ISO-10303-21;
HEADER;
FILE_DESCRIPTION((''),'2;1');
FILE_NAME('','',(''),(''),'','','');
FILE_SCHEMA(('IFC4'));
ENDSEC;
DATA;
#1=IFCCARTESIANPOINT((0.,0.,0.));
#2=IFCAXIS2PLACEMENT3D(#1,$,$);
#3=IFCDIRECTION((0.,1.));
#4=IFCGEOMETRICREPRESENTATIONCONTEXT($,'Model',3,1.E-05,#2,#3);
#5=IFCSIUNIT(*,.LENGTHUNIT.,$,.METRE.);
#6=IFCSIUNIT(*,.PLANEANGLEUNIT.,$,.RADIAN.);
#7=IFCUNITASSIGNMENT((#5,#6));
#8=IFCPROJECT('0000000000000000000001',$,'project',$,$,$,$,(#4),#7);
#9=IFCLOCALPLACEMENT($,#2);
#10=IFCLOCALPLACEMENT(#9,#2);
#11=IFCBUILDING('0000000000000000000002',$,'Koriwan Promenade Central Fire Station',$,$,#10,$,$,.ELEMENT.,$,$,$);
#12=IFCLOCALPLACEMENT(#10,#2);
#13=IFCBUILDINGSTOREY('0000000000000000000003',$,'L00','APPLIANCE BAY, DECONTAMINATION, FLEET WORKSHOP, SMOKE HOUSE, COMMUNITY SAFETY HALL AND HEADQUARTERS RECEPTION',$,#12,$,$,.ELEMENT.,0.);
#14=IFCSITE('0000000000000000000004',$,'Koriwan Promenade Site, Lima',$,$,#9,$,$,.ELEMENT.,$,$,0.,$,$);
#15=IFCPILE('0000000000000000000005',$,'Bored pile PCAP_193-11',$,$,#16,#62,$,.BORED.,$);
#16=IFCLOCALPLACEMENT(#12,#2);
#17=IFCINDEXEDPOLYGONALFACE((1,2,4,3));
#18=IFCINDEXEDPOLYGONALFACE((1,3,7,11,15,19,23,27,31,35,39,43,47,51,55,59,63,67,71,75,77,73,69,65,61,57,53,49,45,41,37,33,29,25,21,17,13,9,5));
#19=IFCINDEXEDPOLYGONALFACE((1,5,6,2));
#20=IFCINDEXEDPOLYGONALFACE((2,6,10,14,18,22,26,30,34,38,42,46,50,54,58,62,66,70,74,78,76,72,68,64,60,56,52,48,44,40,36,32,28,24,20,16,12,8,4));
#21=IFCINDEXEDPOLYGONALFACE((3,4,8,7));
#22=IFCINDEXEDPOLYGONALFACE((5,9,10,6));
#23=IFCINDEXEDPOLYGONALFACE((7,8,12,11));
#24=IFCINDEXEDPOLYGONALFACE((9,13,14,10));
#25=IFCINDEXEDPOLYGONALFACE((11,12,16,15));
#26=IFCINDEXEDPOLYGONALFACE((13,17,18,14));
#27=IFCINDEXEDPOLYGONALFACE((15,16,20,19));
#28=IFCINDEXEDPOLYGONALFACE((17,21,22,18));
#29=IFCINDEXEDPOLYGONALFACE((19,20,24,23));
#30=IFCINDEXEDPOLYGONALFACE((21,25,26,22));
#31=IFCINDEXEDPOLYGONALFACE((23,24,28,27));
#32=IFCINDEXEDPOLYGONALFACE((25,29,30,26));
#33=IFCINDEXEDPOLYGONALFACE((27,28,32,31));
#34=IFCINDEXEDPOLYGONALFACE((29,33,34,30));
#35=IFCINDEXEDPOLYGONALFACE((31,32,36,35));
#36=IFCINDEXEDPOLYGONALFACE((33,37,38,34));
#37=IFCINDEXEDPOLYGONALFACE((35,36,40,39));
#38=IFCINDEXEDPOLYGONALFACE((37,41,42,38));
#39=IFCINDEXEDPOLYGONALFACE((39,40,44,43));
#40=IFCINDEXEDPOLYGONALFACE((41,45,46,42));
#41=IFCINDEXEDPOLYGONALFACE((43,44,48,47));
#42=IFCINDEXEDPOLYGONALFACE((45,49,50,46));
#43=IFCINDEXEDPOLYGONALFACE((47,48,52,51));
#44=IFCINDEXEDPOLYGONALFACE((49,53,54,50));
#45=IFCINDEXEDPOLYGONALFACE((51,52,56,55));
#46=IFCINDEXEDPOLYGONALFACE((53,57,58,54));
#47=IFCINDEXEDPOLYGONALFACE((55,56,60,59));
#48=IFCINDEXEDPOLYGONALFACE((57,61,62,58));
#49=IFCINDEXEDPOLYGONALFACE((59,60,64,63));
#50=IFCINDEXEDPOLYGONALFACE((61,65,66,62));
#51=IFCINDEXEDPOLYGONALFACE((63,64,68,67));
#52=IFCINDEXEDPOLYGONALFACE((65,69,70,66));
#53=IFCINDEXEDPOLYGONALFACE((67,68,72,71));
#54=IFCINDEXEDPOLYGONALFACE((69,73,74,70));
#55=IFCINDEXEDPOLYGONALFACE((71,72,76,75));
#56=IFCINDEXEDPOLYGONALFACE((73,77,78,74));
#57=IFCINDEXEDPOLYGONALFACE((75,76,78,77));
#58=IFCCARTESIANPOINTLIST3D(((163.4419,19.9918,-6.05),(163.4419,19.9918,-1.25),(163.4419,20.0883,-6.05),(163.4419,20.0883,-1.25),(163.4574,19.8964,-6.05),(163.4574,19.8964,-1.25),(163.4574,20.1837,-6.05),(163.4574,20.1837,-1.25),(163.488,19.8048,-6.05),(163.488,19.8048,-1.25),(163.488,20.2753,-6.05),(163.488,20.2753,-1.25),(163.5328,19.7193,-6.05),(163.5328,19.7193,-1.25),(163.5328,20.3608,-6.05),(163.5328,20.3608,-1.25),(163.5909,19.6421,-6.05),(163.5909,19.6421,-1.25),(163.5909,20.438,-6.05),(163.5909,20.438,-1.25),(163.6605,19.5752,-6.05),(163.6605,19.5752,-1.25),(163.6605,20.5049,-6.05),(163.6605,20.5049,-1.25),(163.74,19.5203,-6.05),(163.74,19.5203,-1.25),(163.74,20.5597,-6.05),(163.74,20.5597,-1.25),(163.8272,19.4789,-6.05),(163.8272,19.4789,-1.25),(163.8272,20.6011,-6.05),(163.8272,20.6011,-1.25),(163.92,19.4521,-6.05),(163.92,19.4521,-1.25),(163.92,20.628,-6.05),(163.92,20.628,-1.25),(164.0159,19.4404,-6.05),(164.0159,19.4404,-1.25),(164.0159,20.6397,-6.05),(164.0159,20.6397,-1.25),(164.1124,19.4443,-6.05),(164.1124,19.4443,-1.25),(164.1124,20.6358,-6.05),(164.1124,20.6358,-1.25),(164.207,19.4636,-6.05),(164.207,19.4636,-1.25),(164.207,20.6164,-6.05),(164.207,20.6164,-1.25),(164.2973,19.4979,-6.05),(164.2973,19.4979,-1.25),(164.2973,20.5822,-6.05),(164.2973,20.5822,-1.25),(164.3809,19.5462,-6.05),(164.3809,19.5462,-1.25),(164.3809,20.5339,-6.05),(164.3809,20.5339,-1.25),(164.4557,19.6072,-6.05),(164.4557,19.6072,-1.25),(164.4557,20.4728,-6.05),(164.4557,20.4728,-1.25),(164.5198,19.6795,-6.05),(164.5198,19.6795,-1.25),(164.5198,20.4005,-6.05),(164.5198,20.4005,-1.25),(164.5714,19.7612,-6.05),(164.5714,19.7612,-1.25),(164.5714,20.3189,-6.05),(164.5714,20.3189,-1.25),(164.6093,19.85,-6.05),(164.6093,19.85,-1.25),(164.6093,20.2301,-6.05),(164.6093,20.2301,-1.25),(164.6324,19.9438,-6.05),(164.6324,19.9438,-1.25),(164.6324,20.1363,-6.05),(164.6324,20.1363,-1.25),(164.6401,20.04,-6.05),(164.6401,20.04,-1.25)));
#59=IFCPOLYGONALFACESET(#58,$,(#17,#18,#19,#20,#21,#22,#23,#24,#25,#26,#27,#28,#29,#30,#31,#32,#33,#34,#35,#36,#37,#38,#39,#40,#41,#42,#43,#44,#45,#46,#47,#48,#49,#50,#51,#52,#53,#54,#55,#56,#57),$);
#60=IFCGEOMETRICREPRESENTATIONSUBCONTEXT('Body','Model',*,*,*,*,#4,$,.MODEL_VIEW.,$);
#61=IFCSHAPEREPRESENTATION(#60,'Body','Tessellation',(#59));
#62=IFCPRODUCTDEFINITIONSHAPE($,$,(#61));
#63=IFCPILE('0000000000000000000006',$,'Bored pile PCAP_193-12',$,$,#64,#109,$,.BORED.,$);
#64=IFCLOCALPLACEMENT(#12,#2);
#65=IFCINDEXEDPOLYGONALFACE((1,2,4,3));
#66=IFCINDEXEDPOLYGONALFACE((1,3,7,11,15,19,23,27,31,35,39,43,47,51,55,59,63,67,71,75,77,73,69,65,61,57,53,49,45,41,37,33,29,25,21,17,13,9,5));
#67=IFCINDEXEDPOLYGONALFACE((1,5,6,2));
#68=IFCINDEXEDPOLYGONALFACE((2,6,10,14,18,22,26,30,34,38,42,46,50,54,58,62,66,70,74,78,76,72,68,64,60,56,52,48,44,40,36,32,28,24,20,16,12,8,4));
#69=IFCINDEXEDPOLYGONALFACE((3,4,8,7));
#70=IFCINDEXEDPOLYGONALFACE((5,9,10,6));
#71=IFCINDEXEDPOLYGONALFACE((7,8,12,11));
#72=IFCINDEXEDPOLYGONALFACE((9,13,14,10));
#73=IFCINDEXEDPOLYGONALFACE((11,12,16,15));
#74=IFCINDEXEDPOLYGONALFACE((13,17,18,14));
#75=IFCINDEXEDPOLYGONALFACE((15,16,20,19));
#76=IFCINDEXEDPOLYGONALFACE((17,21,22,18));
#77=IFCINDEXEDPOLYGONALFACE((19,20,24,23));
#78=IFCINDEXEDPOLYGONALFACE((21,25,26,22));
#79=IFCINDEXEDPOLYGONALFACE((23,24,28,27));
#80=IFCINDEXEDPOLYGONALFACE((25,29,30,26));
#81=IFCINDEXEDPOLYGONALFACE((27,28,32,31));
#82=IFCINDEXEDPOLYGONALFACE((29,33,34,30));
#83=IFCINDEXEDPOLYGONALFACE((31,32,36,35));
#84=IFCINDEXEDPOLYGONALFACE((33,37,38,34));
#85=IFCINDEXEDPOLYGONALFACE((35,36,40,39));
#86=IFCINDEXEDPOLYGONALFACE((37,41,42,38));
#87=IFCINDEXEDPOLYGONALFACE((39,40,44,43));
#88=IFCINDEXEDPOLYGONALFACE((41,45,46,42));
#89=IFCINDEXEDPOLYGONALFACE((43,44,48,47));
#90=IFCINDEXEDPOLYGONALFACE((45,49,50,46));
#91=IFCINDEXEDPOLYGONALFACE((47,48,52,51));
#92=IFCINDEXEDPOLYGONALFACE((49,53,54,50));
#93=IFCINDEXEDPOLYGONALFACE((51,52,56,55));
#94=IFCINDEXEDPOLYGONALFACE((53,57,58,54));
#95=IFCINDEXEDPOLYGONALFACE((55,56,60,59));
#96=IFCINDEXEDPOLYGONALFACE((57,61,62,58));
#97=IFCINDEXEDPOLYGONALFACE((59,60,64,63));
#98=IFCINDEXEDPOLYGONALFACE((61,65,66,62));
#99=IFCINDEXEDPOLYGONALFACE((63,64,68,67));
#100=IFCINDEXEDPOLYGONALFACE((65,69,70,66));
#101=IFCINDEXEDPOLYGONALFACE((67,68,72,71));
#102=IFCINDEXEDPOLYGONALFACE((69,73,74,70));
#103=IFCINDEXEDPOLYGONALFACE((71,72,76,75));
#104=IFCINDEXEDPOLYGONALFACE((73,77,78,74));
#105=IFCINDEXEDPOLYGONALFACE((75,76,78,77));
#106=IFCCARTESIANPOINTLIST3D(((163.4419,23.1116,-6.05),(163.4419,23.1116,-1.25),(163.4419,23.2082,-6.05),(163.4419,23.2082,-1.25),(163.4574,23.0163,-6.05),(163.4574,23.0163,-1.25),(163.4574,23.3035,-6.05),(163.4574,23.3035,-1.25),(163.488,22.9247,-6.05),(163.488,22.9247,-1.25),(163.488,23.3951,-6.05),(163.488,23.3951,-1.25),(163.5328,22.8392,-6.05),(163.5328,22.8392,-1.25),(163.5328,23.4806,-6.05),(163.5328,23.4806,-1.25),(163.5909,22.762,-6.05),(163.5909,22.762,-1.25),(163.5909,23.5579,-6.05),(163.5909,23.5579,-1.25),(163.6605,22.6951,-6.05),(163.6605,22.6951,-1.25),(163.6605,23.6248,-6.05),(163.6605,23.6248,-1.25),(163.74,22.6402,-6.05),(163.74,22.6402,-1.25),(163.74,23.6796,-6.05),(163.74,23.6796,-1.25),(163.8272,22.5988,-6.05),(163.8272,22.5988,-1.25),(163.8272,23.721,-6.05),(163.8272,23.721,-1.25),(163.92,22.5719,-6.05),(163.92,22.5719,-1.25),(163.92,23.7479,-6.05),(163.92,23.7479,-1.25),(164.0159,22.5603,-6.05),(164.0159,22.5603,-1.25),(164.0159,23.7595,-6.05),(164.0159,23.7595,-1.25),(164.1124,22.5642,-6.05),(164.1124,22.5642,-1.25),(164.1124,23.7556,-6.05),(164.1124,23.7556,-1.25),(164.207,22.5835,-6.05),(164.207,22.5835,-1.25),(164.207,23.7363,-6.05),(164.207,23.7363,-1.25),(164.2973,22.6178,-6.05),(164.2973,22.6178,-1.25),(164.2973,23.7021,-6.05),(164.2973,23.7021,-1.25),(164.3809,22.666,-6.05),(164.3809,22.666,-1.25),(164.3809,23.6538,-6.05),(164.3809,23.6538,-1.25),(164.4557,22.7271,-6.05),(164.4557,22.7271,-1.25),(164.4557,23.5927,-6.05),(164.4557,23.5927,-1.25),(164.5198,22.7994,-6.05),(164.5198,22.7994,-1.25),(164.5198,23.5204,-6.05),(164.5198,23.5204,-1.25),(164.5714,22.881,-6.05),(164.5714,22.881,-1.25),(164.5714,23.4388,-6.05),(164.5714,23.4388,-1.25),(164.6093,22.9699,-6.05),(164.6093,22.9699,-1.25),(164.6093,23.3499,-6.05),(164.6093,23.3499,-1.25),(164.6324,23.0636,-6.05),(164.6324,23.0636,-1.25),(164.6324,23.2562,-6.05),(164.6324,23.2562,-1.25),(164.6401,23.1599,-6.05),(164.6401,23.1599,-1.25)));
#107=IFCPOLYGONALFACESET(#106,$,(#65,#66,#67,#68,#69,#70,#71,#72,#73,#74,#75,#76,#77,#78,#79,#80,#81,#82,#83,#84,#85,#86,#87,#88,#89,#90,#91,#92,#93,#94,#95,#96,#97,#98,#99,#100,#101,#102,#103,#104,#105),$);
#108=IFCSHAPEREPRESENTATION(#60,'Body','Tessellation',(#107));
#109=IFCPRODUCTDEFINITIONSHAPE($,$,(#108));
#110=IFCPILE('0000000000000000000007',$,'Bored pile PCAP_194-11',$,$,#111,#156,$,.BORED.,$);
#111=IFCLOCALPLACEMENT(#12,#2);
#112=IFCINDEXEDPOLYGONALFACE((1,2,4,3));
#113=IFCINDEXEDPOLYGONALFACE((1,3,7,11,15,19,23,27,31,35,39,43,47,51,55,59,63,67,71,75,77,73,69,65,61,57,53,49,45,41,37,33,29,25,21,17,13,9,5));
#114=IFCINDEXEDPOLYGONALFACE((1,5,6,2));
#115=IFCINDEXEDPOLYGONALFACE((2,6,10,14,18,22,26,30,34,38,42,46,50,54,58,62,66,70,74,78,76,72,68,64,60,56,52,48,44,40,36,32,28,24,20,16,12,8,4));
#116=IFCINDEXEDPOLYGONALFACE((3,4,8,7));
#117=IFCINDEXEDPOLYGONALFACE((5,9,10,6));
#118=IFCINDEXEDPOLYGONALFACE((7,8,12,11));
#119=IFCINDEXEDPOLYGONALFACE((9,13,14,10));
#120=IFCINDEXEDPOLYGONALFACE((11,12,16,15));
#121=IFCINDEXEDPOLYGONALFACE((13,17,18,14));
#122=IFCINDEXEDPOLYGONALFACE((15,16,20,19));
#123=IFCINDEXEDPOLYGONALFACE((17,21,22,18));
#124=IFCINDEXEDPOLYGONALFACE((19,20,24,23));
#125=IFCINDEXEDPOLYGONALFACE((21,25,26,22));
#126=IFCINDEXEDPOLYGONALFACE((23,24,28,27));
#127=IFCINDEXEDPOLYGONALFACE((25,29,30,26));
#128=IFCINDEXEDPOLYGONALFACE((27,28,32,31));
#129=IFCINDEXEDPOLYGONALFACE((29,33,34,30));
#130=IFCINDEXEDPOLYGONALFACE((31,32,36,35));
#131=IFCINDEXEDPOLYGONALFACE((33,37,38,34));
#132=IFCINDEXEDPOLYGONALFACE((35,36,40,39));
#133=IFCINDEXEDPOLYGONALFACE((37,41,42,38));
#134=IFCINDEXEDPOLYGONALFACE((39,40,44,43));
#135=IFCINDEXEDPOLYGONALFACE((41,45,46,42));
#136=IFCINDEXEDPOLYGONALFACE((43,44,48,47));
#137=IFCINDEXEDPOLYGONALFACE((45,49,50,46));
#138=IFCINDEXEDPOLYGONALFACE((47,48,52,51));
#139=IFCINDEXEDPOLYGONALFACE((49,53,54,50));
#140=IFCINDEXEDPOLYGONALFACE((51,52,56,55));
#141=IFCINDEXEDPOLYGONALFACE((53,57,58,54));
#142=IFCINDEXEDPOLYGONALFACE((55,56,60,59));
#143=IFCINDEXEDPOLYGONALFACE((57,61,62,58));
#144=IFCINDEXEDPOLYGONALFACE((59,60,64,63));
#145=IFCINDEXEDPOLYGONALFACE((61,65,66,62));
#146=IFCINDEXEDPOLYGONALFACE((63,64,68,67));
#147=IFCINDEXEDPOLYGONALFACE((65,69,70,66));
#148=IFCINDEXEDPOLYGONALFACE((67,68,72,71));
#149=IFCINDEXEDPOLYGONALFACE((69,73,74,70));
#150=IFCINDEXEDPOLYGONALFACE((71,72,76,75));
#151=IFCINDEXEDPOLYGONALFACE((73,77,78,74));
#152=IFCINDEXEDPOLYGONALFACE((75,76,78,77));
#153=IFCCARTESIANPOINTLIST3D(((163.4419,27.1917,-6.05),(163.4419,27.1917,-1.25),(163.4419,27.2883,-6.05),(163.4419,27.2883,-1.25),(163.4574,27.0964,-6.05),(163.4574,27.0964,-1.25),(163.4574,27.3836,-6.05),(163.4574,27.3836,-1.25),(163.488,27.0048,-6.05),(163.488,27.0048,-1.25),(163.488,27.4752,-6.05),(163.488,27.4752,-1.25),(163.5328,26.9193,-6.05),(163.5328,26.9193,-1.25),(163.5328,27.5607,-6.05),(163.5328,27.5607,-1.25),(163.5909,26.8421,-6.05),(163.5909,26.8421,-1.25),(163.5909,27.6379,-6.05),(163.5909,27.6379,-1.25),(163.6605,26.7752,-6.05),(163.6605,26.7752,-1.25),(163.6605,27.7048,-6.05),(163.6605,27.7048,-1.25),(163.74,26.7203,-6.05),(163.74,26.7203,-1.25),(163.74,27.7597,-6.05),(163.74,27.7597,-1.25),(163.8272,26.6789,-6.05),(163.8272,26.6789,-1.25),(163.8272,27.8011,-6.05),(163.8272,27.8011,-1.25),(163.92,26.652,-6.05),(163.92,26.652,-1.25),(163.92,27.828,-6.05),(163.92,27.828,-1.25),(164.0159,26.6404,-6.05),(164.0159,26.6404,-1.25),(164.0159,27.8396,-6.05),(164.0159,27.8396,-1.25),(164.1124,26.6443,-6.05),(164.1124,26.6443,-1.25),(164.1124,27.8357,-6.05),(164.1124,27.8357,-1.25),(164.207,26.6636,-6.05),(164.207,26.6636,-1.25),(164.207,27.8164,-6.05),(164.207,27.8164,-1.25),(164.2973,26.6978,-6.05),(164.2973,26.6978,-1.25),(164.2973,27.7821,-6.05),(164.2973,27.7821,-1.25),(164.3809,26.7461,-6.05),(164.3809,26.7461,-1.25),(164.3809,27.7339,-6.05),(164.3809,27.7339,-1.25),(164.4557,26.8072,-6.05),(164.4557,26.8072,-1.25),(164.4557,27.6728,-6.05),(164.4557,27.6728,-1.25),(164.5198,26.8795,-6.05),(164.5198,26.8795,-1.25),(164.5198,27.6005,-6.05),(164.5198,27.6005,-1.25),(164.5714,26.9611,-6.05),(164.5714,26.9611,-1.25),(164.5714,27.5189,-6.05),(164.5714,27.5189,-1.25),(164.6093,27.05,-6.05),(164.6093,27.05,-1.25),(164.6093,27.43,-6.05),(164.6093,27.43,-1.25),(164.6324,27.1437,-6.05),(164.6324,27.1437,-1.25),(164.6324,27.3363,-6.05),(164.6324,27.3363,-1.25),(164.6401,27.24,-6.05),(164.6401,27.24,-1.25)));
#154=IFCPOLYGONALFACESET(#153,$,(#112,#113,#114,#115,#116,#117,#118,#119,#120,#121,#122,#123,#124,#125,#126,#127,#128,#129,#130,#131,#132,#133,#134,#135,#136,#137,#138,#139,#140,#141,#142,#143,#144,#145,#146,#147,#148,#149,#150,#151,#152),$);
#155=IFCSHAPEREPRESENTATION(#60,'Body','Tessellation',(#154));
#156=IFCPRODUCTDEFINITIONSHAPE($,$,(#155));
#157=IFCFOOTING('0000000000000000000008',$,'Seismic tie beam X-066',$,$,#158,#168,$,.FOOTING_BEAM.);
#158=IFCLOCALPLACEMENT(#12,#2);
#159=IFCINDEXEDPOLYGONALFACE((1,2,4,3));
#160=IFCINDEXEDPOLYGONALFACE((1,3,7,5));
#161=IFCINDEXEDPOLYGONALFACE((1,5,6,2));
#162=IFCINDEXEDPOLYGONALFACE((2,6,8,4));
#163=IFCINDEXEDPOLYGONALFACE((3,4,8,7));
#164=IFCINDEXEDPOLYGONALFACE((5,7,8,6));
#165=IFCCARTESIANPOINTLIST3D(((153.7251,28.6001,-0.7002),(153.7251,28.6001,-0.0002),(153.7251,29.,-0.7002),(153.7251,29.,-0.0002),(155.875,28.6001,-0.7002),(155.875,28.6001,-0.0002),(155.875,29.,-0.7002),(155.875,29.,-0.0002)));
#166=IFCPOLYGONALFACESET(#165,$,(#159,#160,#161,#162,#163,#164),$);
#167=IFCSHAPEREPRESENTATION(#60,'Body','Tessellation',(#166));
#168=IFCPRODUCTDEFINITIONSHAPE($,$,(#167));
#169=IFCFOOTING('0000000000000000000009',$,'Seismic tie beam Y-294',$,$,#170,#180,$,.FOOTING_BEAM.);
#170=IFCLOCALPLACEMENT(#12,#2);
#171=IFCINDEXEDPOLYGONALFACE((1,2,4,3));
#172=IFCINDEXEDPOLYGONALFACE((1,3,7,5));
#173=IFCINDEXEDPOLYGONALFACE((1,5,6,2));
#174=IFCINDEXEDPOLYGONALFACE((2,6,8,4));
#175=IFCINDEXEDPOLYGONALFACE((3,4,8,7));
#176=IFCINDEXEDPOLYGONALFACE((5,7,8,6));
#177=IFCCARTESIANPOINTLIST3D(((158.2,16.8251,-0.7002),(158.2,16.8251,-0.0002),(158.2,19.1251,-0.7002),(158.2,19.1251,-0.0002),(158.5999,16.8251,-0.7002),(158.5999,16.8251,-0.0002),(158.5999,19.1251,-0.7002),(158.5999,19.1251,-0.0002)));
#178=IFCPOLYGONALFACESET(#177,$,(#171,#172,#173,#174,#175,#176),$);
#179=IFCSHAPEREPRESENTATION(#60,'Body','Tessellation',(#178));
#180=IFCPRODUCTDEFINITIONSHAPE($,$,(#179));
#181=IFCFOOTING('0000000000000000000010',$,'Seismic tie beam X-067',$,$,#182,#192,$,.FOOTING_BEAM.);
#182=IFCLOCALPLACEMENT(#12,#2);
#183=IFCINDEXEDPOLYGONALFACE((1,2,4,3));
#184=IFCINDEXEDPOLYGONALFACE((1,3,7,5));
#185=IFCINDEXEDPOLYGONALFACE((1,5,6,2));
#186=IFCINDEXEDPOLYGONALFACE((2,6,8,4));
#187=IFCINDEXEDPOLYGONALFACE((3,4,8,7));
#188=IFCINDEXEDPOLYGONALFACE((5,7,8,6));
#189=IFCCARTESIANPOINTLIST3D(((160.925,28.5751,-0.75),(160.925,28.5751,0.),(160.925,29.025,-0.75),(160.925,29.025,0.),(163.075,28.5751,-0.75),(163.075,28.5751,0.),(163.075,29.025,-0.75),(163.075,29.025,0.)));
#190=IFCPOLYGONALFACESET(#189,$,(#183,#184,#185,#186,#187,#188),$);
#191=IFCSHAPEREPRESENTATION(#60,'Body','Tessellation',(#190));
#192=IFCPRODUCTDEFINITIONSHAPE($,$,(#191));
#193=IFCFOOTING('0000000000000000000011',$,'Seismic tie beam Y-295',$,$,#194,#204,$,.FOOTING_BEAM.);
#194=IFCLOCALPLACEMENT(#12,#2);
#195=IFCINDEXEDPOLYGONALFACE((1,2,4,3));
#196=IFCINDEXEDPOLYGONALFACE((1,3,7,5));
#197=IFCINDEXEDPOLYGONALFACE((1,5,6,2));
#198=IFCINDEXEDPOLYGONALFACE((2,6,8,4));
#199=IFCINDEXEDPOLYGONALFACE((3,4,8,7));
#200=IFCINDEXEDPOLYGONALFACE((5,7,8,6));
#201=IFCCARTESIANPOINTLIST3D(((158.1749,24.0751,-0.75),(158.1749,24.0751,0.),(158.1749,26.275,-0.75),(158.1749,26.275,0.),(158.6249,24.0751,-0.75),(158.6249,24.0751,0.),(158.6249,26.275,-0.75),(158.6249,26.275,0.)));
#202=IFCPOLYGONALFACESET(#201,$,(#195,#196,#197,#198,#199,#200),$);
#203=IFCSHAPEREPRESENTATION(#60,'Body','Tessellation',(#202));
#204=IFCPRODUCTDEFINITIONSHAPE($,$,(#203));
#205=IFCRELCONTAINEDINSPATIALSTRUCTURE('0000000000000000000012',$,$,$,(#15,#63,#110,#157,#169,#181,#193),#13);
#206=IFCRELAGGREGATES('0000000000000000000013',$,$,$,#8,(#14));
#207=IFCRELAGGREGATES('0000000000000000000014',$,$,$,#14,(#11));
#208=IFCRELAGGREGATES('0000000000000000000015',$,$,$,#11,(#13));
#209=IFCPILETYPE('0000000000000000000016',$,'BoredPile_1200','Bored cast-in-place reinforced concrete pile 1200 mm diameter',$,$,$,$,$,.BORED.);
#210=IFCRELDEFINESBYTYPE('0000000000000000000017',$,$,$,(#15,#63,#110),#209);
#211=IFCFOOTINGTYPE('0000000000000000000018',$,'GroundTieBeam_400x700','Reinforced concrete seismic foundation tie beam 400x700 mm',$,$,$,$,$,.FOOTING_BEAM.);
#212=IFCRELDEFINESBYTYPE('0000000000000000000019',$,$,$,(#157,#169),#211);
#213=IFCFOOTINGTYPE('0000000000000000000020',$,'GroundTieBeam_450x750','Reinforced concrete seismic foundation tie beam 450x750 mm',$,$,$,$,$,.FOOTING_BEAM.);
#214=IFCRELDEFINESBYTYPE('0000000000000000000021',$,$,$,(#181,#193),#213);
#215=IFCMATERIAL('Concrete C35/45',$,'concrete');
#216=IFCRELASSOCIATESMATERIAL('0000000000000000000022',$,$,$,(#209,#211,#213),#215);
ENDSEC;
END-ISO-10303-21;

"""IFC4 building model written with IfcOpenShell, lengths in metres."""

from ifc_helpers import new_model, si_unit, direction, frame, origin, origin_2d, place, context, subcontext, project, spatial, rectangle, circle, extrude, material, material_profile, profile_set, type_object, element, save


model = new_model("IFC4")

# Units and contexts
model_context = context("Model", 3, precision=1e-05, world=origin(), true_north=direction((0.0, 1.0)))
body_context = subcontext(model_context, "Body", "Model", "MODEL_VIEW")
ifc_project = project(units=[si_unit("LENGTHUNIT", "METRE"), si_unit("PLANEANGLEUNIT", "RADIAN")], contexts=[model_context])

# Site, building, storey
site_placement = place(None, origin())
site = spatial("IfcSite", under=ifc_project, at=site_placement, Name="Koriwan Promenade Site, Lima", CompositionType="ELEMENT", RefElevation=0.0)
building_placement = place(site_placement, origin())
building = spatial("IfcBuilding", under=site, at=building_placement, Name="Koriwan Promenade Central Fire Station", CompositionType="ELEMENT")
storey_placement = place(building_placement, origin())
storey = spatial("IfcBuildingStorey", under=building, at=storey_placement, Name="L00", Description="APPLIANCE BAY, DECONTAMINATION, FLEET WORKSHOP, SMOKE HOUSE, COMMUNITY SAFETY HALL AND HEADQUARTERS RECEPTION", CompositionType="ELEMENT", Elevation=0.0)

# Piles
ifc_material_1 = material(Name="Concrete C35/45", Category="concrete")
ifc_material_profile_1 = material_profile(ifc_material_1, circle(Radius=0.6001, at=origin_2d()), Name="PILE-D1200")
ifc_profile_set_1 = profile_set([ifc_material_profile_1], Name="Concrete C35/45")
pile_type = type_object("IfcPileType", Name="BoredPile_1200", Description="Bored cast-in-place reinforced concrete pile 1200 mm diameter", PredefinedType="BORED", material=ifc_profile_set_1)
for number, where, z_axis, x_axis, name in (
    (1, (164.04, 20.04, -1.25), (0.0, 0.0, -1.0), (1.0, 0.0, 0.0), "Bored pile PCAP_193-11"),
    (2, (164.04, 23.1599, -1.25), (0.0, 0.0, -1.0), (1.0, 0.0, 0.0), "Bored pile PCAP_193-12"),
    (3, (164.04, 27.24, -1.25), (0.0, 0.0, -1.0), (1.0, 0.0, 0.0), "Bored pile PCAP_194-11"),
):
    element("IfcPile", number, at=place(storey_placement, frame(where, z_axis=z_axis, x_axis=x_axis)), inside=storey, type_object=pile_type, Name=name, PredefinedType="BORED", context=body_context, shape_type="SweptSolid", body=[
        extrude(circle(Radius=0.6001, at=origin_2d()), origin(), (0.0, 0.0, 1.0), 4.8),
    ])

# Footings
footing_type_1 = type_object("IfcFootingType", Name="GroundTieBeam_400x700", Description="Reinforced concrete seismic foundation tie beam 400x700 mm", PredefinedType="FOOTING_BEAM", material=ifc_material_1)
footing_1_placement = place(storey_placement, frame((154.8, 28.8, -0.7002), z_axis=(0.0, 0.0, 1.0), x_axis=(1.0, 0.0, 0.0)))
element("IfcFooting", 4, at=footing_1_placement, inside=storey, type_object=footing_type_1, Name="Seismic tie beam X-066", PredefinedType="FOOTING_BEAM", context=body_context, shape_type="SweptSolid", body=[
    extrude(rectangle(XDim=2.1499, YDim=0.3999, at=origin_2d()), origin(), (0.0, 0.0, 1.0), 0.7),
])
footing_2_placement = place(storey_placement, frame((158.3999, 17.9751, -0.7002), z_axis=(0.0, 0.0, 1.0), x_axis=(0.0, 1.0, 0.0)))
element("IfcFooting", 5, at=footing_2_placement, inside=storey, type_object=footing_type_1, Name="Seismic tie beam Y-294", PredefinedType="FOOTING_BEAM", context=body_context, shape_type="SweptSolid", body=[
    extrude(rectangle(XDim=2.3, YDim=0.3999, at=origin_2d()), origin(), (0.0, 0.0, 1.0), 0.7),
])
footing_type_2 = type_object("IfcFootingType", Name="GroundTieBeam_450x750", Description="Reinforced concrete seismic foundation tie beam 450x750 mm", PredefinedType="FOOTING_BEAM", material=ifc_material_1)
footing_3_placement = place(storey_placement, frame((162.0, 28.8, -0.75), z_axis=(0.0, 0.0, 1.0), x_axis=(1.0, 0.0, 0.0)))
element("IfcFooting", 6, at=footing_3_placement, inside=storey, type_object=footing_type_2, Name="Seismic tie beam X-067", PredefinedType="FOOTING_BEAM", context=body_context, shape_type="SweptSolid", body=[
    extrude(rectangle(XDim=2.1499, YDim=0.45, at=origin_2d()), origin(), (0.0, 0.0, 1.0), 0.75),
])
footing_4_placement = place(storey_placement, frame((158.3999, 25.175, -0.75), z_axis=(0.0, 0.0, 1.0), x_axis=(0.0, 1.0, 0.0)))
element("IfcFooting", 7, at=footing_4_placement, inside=storey, type_object=footing_type_2, Name="Seismic tie beam Y-295", PredefinedType="FOOTING_BEAM", context=body_context, shape_type="SweptSolid", body=[
    extrude(rectangle(XDim=2.2, YDim=0.45, at=origin_2d()), origin(), (0.0, 0.0, 1.0), 0.75),
])

save(model, "model.ifc")
